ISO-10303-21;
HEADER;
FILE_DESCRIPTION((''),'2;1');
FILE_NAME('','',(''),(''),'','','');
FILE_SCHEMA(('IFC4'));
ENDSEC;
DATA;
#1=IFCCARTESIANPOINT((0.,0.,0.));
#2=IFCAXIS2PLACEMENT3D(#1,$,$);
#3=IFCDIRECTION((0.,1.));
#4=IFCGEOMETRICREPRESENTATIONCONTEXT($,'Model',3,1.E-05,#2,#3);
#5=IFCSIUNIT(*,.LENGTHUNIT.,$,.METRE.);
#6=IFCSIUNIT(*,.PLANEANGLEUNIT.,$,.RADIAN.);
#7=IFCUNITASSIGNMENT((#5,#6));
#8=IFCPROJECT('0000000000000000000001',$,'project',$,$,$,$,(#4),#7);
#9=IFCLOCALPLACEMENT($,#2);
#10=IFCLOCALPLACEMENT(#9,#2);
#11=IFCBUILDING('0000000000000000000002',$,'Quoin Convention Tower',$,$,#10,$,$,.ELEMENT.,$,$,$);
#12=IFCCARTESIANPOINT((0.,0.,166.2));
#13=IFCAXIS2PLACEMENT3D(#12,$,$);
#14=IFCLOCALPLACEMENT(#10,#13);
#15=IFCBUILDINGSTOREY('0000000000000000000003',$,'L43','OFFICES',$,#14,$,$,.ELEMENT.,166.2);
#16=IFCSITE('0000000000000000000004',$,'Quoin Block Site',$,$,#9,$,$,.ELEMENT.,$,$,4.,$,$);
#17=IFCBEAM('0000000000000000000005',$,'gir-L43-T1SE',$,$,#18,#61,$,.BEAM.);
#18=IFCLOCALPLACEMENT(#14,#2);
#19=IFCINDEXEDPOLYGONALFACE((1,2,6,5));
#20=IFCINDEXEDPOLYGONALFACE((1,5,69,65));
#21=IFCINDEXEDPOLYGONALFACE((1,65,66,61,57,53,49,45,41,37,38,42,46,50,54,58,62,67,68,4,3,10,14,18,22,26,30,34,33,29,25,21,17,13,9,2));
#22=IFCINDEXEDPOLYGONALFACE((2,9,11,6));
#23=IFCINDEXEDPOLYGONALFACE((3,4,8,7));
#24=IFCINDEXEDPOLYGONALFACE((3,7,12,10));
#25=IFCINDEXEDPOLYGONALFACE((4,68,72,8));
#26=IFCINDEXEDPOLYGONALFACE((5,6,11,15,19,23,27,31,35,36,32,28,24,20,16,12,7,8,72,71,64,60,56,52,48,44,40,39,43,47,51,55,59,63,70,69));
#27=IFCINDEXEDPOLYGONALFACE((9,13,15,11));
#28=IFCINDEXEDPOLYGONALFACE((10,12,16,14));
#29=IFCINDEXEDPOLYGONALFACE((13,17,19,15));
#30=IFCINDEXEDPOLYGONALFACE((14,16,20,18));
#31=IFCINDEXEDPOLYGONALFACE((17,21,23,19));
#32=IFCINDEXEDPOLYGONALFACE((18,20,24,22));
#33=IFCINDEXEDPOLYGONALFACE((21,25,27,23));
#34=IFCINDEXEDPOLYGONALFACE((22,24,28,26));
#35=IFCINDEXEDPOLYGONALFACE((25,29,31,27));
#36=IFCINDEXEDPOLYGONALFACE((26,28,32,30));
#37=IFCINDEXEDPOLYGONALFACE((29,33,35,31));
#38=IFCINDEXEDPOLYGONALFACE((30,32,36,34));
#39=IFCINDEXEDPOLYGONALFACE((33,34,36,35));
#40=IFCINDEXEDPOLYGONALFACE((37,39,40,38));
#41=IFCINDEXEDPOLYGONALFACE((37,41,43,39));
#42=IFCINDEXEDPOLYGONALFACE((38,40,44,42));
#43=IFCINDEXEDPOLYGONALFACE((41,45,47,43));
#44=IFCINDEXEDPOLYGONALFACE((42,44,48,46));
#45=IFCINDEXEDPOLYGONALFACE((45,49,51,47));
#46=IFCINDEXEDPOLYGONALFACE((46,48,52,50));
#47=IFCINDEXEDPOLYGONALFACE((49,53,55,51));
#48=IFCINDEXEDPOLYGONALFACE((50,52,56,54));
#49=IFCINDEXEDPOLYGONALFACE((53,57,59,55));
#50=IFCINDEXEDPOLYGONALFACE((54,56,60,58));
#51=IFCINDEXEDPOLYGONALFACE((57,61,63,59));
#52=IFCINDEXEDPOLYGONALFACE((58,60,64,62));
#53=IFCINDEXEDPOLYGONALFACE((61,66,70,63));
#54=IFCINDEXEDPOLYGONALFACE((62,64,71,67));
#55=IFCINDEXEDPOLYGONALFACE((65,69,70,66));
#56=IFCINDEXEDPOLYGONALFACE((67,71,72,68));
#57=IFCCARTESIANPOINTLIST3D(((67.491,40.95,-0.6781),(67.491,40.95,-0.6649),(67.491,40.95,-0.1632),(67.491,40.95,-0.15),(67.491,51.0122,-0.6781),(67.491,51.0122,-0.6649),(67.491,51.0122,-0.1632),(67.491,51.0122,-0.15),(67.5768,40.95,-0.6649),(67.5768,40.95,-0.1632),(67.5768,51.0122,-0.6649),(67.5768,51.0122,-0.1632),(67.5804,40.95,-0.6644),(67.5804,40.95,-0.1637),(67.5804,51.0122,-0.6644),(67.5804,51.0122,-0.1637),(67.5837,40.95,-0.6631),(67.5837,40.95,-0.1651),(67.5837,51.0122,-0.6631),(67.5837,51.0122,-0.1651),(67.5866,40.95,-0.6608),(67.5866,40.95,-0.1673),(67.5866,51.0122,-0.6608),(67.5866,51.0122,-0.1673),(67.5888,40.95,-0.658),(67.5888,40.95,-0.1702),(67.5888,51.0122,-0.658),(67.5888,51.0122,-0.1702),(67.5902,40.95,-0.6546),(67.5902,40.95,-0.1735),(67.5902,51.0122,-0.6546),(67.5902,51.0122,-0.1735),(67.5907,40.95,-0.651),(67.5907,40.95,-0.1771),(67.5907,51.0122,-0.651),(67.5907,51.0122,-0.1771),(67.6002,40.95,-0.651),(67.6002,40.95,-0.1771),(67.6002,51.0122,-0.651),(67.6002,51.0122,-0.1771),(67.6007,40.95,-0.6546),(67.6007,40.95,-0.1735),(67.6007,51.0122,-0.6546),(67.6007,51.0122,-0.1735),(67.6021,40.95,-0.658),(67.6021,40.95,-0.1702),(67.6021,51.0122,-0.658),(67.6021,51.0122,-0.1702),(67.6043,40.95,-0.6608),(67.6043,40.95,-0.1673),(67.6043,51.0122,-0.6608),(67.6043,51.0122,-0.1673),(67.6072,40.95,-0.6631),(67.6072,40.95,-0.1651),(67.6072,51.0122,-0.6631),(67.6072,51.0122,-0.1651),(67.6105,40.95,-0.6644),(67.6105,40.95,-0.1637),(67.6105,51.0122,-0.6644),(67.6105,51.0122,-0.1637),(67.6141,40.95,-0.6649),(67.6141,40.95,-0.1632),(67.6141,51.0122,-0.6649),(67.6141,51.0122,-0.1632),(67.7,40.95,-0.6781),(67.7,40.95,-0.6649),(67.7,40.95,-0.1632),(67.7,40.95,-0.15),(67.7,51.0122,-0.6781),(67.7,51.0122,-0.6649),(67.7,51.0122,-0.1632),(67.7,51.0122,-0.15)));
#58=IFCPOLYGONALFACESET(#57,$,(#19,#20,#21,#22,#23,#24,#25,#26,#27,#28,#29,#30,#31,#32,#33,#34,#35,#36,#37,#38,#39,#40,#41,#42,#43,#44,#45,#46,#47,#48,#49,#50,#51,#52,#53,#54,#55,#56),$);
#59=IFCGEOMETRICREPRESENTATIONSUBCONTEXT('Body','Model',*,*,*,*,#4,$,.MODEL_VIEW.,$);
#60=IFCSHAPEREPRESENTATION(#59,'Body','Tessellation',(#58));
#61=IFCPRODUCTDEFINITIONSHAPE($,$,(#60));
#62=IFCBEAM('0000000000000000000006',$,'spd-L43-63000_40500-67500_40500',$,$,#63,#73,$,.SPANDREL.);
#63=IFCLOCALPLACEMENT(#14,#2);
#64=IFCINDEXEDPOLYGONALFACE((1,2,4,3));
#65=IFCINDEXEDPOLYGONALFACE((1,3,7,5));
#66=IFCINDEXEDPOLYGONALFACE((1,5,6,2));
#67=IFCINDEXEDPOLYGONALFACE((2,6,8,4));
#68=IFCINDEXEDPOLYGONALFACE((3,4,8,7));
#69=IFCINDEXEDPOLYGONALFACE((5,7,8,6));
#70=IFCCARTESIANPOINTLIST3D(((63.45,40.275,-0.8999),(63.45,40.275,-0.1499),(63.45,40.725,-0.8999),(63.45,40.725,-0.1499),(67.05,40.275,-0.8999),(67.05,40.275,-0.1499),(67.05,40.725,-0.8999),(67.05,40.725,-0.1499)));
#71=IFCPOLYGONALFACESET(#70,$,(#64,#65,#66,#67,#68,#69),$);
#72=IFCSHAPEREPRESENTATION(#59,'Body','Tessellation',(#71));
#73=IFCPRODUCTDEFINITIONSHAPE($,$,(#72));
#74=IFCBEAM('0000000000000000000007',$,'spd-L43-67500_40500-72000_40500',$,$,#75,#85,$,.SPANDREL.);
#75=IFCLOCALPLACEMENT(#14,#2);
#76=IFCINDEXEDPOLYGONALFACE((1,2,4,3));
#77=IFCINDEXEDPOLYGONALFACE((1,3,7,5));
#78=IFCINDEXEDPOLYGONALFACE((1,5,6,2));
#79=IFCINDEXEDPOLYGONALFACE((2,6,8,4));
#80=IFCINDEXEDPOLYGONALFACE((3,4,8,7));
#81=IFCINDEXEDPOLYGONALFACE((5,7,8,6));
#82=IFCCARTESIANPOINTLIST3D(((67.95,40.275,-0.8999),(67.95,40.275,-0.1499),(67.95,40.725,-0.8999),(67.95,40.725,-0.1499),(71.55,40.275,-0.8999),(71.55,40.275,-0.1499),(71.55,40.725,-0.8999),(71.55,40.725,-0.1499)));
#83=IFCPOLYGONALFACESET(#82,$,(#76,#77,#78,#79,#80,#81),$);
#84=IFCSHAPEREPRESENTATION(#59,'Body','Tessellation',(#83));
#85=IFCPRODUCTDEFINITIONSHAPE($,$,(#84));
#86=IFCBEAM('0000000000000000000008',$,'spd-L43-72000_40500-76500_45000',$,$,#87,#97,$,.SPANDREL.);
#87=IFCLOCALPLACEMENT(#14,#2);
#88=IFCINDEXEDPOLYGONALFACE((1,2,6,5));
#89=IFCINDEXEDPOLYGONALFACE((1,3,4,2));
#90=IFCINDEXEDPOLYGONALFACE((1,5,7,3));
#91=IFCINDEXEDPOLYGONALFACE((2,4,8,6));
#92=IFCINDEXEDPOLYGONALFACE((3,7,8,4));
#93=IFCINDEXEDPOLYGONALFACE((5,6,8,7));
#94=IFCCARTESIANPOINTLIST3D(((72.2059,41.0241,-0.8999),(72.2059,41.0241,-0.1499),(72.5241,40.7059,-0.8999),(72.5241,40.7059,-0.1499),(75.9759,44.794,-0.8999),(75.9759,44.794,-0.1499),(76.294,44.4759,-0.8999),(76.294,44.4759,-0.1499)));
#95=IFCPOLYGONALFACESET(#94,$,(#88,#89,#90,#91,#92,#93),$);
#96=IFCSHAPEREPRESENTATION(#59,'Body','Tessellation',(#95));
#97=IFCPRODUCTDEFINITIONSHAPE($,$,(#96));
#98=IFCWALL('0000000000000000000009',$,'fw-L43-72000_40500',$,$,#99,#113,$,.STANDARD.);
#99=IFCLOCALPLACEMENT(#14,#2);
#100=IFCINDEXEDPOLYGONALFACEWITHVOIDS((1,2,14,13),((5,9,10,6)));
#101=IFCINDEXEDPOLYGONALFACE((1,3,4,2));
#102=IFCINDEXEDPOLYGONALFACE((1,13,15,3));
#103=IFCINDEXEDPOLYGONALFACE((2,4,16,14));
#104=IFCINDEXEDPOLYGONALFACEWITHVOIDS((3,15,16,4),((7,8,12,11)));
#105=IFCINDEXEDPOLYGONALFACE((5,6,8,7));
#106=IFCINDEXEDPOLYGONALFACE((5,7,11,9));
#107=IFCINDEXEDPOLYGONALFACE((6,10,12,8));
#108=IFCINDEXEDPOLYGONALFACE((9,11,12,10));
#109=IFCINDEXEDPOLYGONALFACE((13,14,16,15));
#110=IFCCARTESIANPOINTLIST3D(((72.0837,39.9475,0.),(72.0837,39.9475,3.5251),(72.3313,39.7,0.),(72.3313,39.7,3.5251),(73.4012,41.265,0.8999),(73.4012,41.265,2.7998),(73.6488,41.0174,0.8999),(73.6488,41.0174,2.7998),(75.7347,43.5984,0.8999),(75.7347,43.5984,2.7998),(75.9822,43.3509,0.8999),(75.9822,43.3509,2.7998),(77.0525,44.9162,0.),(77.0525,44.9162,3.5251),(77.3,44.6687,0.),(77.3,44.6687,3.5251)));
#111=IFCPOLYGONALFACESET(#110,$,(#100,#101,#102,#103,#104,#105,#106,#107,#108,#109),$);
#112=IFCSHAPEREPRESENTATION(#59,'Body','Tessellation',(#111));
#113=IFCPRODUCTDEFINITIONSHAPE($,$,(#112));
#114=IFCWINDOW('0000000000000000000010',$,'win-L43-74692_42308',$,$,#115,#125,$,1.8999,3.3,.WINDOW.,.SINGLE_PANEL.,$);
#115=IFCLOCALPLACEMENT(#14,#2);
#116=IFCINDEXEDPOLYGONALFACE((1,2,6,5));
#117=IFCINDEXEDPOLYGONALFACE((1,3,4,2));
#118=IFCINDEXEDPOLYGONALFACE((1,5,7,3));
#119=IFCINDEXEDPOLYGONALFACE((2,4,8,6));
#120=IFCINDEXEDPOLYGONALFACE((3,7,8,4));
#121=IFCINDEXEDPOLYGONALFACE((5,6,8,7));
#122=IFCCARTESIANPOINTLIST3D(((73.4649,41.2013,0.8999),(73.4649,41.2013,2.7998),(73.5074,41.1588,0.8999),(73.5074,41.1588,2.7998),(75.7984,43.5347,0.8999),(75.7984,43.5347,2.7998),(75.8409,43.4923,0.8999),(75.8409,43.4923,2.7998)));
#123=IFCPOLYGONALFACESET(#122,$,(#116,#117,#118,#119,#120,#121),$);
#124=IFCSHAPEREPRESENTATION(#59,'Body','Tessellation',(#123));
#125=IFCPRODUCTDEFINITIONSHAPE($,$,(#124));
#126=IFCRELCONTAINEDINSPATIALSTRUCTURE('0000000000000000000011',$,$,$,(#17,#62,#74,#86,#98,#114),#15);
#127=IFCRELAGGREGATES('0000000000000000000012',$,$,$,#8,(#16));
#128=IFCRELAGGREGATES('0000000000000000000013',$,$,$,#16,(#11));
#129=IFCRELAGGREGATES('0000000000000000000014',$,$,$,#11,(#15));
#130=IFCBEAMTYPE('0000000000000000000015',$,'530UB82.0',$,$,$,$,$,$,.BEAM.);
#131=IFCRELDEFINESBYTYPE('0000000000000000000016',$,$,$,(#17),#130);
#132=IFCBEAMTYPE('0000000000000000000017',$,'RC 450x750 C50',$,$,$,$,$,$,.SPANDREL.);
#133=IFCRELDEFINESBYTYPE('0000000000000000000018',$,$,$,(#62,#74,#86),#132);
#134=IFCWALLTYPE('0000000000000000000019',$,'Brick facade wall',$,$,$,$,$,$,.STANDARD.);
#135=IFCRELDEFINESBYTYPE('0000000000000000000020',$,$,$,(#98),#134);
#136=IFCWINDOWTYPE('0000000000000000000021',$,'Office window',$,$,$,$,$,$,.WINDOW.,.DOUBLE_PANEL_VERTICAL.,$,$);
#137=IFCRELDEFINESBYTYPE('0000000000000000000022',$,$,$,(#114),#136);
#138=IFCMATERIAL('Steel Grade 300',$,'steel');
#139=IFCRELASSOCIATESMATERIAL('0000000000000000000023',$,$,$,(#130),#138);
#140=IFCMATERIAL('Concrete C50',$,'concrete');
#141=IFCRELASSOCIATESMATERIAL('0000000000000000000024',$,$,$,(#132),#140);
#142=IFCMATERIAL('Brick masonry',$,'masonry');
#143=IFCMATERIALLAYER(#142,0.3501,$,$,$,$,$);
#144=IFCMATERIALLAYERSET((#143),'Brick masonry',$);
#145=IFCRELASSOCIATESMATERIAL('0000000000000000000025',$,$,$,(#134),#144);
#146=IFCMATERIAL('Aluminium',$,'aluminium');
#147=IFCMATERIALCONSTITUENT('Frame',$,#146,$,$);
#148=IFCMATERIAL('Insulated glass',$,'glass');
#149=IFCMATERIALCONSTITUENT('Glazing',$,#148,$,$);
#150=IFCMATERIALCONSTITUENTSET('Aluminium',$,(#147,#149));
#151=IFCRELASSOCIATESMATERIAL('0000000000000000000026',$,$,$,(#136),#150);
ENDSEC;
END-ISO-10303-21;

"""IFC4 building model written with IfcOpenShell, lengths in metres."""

from ifc_helpers import new_model, si_unit, direction, frame, frame_2d, origin, origin_2d, place, context, subcontext, project, spatial, rectangle, i_section, extrude, material, layer, layer_set, constituent, constituent_set, material_profile, profile_set, type_object, element, fill, save


model = new_model("IFC4")

# Units and contexts
model_context = context("Model", 3, precision=1e-05, world=origin(), true_north=direction((0.0, 1.0)))
body_context = subcontext(model_context, "Body", "Model", "MODEL_VIEW")
ifc_project = project(units=[si_unit("LENGTHUNIT", "METRE"), si_unit("PLANEANGLEUNIT", "RADIAN")], contexts=[model_context])

# Site, building, storey
site_placement = place(None, origin())
site = spatial("IfcSite", under=ifc_project, at=site_placement, Name="Quoin Block Site", CompositionType="ELEMENT", RefElevation=4.0)
building_placement = place(site_placement, origin())
building = spatial("IfcBuilding", under=site, at=building_placement, Name="Quoin Convention Tower", CompositionType="ELEMENT")
storey_placement = place(building_placement, frame((0.0, 0.0, 166.2)))
storey = spatial("IfcBuildingStorey", under=building, at=storey_placement, Name="L43", Description="OFFICES", CompositionType="ELEMENT", Elevation=166.2)

# Shared definitions
ifc_material_1 = material(Name="Concrete C50", Category="concrete")

# Beams
ifc_material_2 = material(Name="Steel Grade 300", Category="steel")
ifc_material_profile_1 = material_profile(ifc_material_2, i_section(OverallWidth=0.209, OverallDepth=0.5281, WebThickness=0.0095, FlangeThickness=0.0132, FilletRadius=0.0139, at=origin_2d()), Name="530UB82.0")
ifc_profile_set_1 = profile_set([ifc_material_profile_1], Name="Steel Grade 300")
beam_type_1 = type_object("IfcBeamType", Name="530UB82.0", PredefinedType="BEAM", material=ifc_profile_set_1)
beam_1_placement = place(storey_placement, frame((67.5955, 40.95, -0.4141), z_axis=(0.0, 1.0, 0.0), x_axis=(-1.0, 0.0, 0.0)))
element("IfcBeam", 1, at=beam_1_placement, inside=storey, type_object=beam_type_1, Name="gir-L43-T1SE", PredefinedType="BEAM", context=body_context, shape_type="SweptSolid", body=[
    extrude(i_section(OverallWidth=0.209, OverallDepth=0.5281, WebThickness=0.0095, FlangeThickness=0.0132, FilletRadius=0.0139, at=origin_2d()), origin(), (0.0, 0.0, 1.0), 10.0623),
])
ifc_material_profile_2 = material_profile(ifc_material_1, rectangle(XDim=0.45, YDim=0.75, at=origin_2d()), Name="RC 450x750")
ifc_profile_set_2 = profile_set([ifc_material_profile_2], Name="Concrete C50")
beam_type_2 = type_object("IfcBeamType", Name="RC 450x750 C50", PredefinedType="SPANDREL", material=ifc_profile_set_2)
for number, where, z_axis, x_axis, name in (
    (2, (63.45, 40.5, -0.5249), (1.0, 0.0, 0.0), (0.0, 1.0, 0.0), "spd-L43-63000_40500-67500_40500"),
    (3, (67.95, 40.5, -0.5249), (1.0, 0.0, 0.0), (0.0, 1.0, 0.0), "spd-L43-67500_40500-72000_40500"),
):
    element("IfcBeam", number, at=place(storey_placement, frame(where, z_axis=z_axis, x_axis=x_axis)), inside=storey, type_object=beam_type_2, Name=name, PredefinedType="SPANDREL", context=body_context, shape_type="SweptSolid", body=[
        extrude(rectangle(XDim=0.45, YDim=0.75, at=origin_2d()), origin(), (0.0, 0.0, 1.0), 3.6001),
    ])
beam_2_placement = place(storey_placement, frame((72.365, 40.865, -0.5249), z_axis=(0.707107, 0.707107, 0.0), x_axis=(-0.707107, 0.707107, 0.0)))
element("IfcBeam", 4, at=beam_2_placement, inside=storey, type_object=beam_type_2, Name="spd-L43-72000_40500-76500_45000", PredefinedType="SPANDREL", context=body_context, shape_type="SweptSolid", body=[
    extrude(rectangle(XDim=0.45, YDim=0.75, at=origin_2d()), origin(), (0.0, 0.0, 1.0), 5.3315),
])

# Wall, opening, window
ifc_material_3 = material(Name="Brick masonry", Category="masonry")
ifc_layer_1 = layer(ifc_material_3, 0.3501)
ifc_layer_set_1 = layer_set([ifc_layer_1], Name="Brick masonry")
wall_type_1 = type_object("IfcWallType", Name="Brick facade wall", PredefinedType="STANDARD", material=ifc_layer_set_1)
wall_1_placement = place(storey_placement, frame((72.2075, 39.8237, 0.0), z_axis=(0.0, 0.0, 1.0), x_axis=(0.707107, 0.707107, 0.0)))
wall_1 = element("IfcWall", 5, at=wall_1_placement, inside=storey, type_object=wall_type_1, Name="fw-L43-72000_40500", PredefinedType="STANDARD", context=body_context, shape_type="SweptSolid", body=[
    extrude(rectangle(XDim=7.0269, YDim=0.3501, at=frame_2d((3.5134, 0.0))), origin(), (0.0, 0.0, 1.0), 3.5251),
])
opening_1_placement = place(wall_1_placement, frame((1.8633, 0.0, 0.8999)))
opening_1 = element("IfcOpeningElement", 6, at=opening_1_placement, cuts=wall_1, PredefinedType="OPENING", context=body_context, shape_type="SweptSolid", body=[
    extrude(rectangle(XDim=3.3, YDim=1.8999, at=frame_2d((1.6499, 0.95))), frame((0.0, 0.1851, 0.0), z_axis=(0.0, -1.0, 0.0), x_axis=(1.0, 0.0, 0.0)), (0.0, 0.0, 1.0), 0.3701),
])
ifc_material_4 = material(Name="Aluminium", Category="aluminium")
ifc_constituent_1 = constituent(ifc_material_4, Name="Frame")
ifc_material_5 = material(Name="Insulated glass", Category="glass")
ifc_constituent_2 = constituent(ifc_material_5, Name="Glazing")
ifc_constituent_set = constituent_set(constituents=[ifc_constituent_1, ifc_constituent_2], Name="Aluminium")
window_type = type_object("IfcWindowType", Name="Office window", PartitioningType="DOUBLE_PANEL_VERTICAL", PredefinedType="WINDOW", material=ifc_constituent_set)
window_1_placement = place(opening_1_placement, origin())
window_1 = element("IfcWindow", 7, at=window_1_placement, inside=storey, type_object=window_type, Name="win-L43-74692_42308", OverallHeight=1.8999, OverallWidth=3.3, PartitioningType="SINGLE_PANEL", PredefinedType="WINDOW", context=body_context, shape_type="SweptSolid", body=[
    extrude(rectangle(XDim=3.3, YDim=1.8999, at=frame_2d((1.6499, 0.95))), frame((0.0, 0.085, 0.0), z_axis=(0.0, -1.0, 0.0), x_axis=(1.0, 0.0, 0.0)), (0.0, 0.0, 1.0), 0.0601),
])
fill(opening_1, window_1)

save(model, "model.ifc")
